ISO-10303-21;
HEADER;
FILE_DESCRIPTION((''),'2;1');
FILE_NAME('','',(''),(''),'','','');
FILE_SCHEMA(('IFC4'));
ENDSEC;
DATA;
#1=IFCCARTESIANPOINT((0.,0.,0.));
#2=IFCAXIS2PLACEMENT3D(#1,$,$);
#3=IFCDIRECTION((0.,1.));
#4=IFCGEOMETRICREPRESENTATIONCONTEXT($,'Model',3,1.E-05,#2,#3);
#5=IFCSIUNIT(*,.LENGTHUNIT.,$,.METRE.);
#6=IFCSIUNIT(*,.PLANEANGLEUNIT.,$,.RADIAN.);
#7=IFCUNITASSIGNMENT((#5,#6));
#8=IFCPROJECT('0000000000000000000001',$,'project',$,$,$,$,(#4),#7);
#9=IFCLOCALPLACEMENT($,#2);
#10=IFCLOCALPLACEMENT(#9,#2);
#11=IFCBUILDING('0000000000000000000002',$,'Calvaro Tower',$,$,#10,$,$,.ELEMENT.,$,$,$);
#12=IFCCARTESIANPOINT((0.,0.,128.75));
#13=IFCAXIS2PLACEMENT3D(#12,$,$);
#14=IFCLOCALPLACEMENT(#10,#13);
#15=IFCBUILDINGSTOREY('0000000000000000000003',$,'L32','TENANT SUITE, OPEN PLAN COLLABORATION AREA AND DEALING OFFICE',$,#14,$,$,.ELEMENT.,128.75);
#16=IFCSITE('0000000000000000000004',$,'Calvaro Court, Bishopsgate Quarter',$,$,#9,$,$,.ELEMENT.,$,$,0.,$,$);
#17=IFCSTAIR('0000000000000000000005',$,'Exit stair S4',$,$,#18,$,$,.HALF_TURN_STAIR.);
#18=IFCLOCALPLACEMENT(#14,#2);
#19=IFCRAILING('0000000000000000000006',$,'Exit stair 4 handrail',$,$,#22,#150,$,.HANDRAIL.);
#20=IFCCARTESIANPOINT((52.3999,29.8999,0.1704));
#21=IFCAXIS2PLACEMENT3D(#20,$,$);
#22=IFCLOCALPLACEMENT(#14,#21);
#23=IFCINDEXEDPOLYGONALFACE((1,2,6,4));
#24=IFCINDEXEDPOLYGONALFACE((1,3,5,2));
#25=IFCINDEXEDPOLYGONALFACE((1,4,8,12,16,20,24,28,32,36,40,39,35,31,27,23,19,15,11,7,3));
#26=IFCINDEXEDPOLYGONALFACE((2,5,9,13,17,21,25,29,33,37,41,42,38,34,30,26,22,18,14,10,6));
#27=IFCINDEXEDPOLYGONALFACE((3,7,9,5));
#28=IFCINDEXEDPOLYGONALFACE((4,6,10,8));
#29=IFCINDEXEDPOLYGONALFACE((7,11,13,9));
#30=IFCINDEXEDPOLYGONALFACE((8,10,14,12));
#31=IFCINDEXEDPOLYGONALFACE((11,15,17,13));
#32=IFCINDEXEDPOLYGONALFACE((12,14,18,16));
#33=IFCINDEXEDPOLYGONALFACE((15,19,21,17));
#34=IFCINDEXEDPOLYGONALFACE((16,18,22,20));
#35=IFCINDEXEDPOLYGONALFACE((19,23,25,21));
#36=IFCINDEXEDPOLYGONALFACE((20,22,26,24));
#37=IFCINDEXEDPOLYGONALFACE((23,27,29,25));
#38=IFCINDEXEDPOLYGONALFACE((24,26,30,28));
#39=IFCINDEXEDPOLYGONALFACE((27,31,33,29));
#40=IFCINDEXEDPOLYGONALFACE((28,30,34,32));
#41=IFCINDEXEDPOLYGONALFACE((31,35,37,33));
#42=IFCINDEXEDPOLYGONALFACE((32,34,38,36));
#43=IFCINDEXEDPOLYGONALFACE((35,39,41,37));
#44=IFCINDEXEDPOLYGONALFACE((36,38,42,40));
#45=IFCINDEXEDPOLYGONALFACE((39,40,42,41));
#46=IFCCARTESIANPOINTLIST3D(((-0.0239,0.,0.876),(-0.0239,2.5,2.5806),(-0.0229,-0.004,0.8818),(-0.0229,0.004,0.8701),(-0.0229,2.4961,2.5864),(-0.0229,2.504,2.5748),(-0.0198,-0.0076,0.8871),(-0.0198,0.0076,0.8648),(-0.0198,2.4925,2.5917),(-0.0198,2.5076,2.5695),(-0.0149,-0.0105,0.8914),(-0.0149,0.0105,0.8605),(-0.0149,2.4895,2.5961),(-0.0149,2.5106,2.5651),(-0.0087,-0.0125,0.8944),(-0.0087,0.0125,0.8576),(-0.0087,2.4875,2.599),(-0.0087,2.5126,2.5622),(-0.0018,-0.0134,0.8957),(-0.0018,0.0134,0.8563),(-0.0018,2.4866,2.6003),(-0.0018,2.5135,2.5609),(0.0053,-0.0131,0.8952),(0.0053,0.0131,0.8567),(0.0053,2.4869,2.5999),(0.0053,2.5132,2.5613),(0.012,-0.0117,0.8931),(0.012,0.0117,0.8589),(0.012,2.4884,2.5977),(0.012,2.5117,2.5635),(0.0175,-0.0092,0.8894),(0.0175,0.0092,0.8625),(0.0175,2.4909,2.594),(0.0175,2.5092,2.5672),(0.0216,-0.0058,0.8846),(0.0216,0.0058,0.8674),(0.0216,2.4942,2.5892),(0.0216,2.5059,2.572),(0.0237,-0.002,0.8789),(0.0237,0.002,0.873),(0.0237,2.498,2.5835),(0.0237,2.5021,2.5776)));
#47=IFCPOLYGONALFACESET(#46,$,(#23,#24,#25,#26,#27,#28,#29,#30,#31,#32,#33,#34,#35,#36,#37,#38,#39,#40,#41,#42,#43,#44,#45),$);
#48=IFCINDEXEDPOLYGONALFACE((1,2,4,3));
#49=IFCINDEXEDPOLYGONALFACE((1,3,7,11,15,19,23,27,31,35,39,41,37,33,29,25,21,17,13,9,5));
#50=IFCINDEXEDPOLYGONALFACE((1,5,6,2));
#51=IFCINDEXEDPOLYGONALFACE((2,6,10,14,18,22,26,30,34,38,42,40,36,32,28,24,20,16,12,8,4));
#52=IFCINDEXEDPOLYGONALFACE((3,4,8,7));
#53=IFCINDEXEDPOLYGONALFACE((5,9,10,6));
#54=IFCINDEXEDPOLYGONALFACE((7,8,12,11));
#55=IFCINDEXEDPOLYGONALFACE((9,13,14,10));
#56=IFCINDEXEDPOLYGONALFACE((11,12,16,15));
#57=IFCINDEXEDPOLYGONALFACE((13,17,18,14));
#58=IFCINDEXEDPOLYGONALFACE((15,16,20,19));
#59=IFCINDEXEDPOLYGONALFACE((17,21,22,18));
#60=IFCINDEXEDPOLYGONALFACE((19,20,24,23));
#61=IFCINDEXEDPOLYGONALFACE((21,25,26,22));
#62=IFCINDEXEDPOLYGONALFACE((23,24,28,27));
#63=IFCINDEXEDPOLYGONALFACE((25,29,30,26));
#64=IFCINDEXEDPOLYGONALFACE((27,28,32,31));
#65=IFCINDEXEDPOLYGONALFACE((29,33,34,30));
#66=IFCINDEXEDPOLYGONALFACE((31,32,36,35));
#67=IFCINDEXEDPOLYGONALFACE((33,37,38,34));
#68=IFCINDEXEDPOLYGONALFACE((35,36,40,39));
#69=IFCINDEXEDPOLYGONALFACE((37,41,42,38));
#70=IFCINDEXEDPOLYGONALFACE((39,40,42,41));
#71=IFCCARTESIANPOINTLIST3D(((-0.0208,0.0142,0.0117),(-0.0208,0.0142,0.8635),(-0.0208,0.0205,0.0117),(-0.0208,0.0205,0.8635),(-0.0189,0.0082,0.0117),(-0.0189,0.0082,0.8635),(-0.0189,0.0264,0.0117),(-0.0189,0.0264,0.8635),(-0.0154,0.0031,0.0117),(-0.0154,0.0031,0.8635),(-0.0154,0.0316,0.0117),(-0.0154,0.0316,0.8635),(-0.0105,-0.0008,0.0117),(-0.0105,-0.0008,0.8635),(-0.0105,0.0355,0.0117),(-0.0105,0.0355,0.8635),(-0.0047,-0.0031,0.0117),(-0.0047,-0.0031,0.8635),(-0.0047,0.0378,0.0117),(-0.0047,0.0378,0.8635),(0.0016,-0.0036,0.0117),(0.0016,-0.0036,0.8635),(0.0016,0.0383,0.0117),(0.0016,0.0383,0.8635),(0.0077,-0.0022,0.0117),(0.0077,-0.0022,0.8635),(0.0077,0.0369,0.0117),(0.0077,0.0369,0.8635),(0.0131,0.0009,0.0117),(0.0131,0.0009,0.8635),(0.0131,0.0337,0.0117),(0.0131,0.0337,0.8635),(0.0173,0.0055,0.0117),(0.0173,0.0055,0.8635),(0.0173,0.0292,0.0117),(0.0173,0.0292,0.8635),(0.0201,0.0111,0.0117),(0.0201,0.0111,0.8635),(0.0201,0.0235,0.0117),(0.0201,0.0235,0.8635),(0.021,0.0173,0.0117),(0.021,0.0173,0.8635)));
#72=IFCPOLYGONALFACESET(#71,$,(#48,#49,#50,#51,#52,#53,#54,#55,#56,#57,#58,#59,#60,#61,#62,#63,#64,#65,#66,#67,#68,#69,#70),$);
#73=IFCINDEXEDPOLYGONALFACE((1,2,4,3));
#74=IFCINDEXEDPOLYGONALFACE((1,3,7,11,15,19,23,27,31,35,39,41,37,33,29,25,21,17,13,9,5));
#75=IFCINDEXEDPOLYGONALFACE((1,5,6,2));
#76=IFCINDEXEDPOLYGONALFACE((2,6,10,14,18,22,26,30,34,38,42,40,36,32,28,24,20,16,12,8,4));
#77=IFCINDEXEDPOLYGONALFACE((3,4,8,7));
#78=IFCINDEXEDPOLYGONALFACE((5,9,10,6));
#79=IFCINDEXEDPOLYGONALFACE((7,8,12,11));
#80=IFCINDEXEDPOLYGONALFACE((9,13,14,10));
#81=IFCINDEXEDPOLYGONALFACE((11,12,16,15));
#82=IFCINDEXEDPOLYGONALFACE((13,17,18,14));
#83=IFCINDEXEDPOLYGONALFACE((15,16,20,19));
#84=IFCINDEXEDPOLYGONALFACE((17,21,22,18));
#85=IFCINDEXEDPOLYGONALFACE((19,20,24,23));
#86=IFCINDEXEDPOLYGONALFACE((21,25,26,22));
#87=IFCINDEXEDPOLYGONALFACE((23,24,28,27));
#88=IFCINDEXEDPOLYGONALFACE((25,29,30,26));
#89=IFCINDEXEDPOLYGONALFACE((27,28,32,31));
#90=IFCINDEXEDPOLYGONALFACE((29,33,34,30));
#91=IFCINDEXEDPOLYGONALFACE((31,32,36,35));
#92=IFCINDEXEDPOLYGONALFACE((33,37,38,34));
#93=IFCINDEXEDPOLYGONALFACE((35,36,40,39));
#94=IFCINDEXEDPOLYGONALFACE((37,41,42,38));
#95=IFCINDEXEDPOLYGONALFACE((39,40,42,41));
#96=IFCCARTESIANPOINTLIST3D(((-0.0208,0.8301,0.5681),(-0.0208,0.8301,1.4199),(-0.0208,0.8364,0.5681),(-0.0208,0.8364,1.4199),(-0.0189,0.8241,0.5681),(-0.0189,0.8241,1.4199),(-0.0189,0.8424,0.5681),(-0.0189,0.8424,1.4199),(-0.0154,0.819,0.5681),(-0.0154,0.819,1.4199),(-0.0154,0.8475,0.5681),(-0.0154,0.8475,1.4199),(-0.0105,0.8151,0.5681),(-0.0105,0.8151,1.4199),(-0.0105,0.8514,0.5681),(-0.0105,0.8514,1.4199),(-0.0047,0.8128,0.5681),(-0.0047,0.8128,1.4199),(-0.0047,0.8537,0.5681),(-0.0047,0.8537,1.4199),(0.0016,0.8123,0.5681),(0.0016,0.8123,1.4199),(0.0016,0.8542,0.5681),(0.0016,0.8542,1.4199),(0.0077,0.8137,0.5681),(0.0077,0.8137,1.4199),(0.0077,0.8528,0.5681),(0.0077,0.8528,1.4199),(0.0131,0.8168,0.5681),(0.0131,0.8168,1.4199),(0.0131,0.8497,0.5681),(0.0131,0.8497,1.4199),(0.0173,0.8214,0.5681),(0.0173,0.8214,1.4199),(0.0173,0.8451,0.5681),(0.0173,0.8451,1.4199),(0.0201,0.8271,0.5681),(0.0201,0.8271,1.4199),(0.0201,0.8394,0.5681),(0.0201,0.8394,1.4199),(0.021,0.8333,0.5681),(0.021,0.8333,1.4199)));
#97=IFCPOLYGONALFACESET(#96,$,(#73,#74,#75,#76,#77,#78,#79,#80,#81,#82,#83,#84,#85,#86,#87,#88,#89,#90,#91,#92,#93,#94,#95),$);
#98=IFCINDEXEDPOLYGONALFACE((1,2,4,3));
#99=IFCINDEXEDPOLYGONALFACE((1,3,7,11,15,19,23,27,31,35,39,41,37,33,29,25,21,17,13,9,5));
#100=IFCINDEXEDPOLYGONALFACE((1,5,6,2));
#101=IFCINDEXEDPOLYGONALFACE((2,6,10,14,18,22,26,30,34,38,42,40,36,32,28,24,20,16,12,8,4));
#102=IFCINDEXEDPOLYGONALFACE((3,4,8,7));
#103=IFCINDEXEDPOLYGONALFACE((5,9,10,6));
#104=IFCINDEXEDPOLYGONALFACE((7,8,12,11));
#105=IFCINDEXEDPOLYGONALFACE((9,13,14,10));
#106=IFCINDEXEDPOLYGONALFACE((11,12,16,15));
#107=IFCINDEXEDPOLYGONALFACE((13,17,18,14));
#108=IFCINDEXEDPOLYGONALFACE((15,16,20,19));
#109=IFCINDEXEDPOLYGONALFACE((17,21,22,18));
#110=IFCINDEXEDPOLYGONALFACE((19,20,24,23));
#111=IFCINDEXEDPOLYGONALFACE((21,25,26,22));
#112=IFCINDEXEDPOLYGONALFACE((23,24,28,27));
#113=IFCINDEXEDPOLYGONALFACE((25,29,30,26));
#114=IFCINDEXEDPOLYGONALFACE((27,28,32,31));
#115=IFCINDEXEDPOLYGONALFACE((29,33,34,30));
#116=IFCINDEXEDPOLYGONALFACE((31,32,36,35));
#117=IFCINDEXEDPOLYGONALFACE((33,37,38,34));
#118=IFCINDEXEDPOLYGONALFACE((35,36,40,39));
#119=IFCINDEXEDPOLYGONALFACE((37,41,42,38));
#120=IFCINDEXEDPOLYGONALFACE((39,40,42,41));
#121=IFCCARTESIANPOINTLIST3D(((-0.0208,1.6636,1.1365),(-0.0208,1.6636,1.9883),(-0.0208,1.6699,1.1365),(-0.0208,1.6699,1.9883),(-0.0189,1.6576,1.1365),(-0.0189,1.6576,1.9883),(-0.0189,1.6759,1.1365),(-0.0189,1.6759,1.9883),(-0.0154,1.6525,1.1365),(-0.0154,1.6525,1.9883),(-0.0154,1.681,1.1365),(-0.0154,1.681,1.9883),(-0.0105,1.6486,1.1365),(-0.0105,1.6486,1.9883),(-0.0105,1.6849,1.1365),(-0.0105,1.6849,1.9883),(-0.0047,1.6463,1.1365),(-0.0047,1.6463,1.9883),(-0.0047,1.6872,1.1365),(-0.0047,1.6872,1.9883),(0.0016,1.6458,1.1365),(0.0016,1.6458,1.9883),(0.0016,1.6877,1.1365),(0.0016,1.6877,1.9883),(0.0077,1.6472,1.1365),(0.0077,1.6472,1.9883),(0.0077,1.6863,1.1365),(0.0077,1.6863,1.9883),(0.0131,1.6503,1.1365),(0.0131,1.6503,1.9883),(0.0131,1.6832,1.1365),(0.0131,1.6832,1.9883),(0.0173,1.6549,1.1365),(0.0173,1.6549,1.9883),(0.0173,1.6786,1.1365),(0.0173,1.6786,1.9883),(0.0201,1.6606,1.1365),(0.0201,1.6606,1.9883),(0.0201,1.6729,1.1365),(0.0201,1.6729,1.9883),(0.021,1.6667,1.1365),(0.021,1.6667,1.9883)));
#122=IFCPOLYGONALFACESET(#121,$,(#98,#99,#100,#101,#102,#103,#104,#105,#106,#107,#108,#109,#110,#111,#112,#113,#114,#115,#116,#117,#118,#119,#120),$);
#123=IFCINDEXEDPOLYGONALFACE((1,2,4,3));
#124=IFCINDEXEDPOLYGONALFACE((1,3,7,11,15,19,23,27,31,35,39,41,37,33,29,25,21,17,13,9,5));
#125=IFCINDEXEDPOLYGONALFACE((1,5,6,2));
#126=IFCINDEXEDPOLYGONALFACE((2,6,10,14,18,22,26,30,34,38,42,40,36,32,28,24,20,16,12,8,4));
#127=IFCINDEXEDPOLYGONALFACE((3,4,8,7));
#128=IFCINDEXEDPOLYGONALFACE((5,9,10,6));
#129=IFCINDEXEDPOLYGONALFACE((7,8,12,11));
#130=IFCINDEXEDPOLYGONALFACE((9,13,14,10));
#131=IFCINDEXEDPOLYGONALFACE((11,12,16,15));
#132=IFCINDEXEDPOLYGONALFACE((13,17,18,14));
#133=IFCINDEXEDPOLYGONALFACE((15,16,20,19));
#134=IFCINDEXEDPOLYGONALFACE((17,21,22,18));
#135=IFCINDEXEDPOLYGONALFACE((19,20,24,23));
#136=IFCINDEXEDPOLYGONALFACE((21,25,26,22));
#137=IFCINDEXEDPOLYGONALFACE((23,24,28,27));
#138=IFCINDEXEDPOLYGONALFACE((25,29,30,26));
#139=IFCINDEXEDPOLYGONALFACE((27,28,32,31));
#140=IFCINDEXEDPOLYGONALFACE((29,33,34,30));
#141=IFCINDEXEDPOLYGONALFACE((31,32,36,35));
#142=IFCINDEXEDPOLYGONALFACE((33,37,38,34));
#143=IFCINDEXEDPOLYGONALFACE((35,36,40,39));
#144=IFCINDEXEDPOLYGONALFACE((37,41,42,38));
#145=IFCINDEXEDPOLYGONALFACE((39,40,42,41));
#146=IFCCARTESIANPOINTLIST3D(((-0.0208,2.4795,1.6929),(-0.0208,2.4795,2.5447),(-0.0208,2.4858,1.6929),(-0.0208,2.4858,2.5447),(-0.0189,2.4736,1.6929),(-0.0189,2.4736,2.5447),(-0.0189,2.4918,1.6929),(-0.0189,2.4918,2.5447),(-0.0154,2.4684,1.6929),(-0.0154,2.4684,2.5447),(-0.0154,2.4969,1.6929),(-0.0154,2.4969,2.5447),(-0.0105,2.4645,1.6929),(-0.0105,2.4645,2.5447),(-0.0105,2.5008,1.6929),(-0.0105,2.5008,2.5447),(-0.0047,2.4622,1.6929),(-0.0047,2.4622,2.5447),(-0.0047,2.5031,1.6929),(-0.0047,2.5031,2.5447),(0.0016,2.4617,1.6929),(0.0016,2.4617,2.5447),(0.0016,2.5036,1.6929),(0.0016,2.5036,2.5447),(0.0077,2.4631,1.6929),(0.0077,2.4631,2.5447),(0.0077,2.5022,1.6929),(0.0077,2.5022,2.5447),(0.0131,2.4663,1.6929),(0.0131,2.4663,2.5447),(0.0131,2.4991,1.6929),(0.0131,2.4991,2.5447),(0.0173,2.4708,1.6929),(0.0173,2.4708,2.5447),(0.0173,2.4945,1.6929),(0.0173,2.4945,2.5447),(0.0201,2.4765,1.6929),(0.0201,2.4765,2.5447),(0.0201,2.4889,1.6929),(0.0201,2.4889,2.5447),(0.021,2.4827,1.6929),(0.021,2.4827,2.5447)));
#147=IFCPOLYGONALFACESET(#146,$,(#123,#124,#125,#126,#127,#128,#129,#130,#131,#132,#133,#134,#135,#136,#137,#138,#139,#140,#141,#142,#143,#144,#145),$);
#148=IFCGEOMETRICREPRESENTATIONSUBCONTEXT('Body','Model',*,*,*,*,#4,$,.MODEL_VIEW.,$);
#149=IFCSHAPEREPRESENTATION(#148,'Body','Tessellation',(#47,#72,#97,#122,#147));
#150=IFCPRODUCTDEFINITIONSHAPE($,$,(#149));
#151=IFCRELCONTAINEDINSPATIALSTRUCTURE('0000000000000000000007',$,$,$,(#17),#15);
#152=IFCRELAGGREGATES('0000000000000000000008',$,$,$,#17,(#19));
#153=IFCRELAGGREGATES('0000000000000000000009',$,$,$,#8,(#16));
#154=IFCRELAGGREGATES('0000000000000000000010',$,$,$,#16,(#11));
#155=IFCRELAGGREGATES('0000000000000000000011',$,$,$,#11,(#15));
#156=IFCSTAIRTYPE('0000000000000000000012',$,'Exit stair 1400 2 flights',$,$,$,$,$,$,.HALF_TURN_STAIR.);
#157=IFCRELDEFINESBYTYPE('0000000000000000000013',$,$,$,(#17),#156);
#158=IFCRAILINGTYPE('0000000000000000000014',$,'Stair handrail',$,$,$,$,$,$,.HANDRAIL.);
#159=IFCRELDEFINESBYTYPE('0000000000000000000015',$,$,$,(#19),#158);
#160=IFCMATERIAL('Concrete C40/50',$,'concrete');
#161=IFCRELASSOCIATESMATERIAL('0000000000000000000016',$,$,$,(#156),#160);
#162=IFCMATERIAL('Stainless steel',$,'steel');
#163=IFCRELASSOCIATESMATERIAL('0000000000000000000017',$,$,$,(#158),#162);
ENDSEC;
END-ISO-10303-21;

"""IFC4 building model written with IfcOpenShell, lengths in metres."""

from ifc_helpers import new_model, si_unit, direction, frame, origin, origin_2d, place, context, subcontext, project, spatial, circle, extrude, material, type_object, element, aggregate, save


model = new_model("IFC4")

# Units and contexts
model_context = context("Model", 3, precision=1e-05, world=origin(), true_north=direction((0.0, 1.0)))
body_context = subcontext(model_context, "Body", "Model", "MODEL_VIEW")
ifc_project = project(units=[si_unit("LENGTHUNIT", "METRE"), si_unit("PLANEANGLEUNIT", "RADIAN")], contexts=[model_context])

# Site, building, storey
site_placement = place(None, origin())
site = spatial("IfcSite", under=ifc_project, at=site_placement, Name="Calvaro Court, Bishopsgate Quarter", CompositionType="ELEMENT", RefElevation=0.0)
building_placement = place(site_placement, origin())
building = spatial("IfcBuilding", under=site, at=building_placement, Name="Calvaro Tower", CompositionType="ELEMENT")
storey_placement = place(building_placement, frame((0.0, 0.0, 128.75)))
storey = spatial("IfcBuildingStorey", under=building, at=storey_placement, Name="L32", Description="TENANT SUITE, OPEN PLAN COLLABORATION AREA AND DEALING OFFICE", CompositionType="ELEMENT", Elevation=128.75)

# Stair
ifc_material_1 = material(Name="Concrete C40/50", Category="concrete")
stair_type = type_object("IfcStairType", Name="Exit stair 1400 2 flights", PredefinedType="HALF_TURN_STAIR", material=ifc_material_1)
stair_1_placement = place(storey_placement, origin())
stair_1 = element("IfcStair", 1, at=stair_1_placement, inside=storey, type_object=stair_type, Name="Exit stair S4", PredefinedType="HALF_TURN_STAIR")

# Railing
ifc_material_2 = material(Name="Stainless steel", Category="steel")
railing_type = type_object("IfcRailingType", Name="Stair handrail", PredefinedType="HANDRAIL", material=ifc_material_2)
railing_1_placement = place(storey_placement, frame((52.3999, 29.8999, 0.1704)))
railing_1 = element("IfcRailing", 2, at=railing_1_placement, type_object=railing_type, Name="Exit stair 4 handrail", PredefinedType="HANDRAIL", context=body_context, shape_type="SweptSolid", body=[
    extrude(circle(Radius=0.0239, at=origin_2d()), frame((0.0, 0.0, 0.876), z_axis=(0.0, 0.826221, 0.563347), x_axis=(-1.0, 0.0, 0.0)), (0.0, 0.0, 1.0), 3.0259),
    extrude(circle(Radius=0.021, at=origin_2d()), frame((0.0, 0.0173, 0.0117)), (0.0, 0.0, 1.0), 0.8518),
    extrude(circle(Radius=0.021, at=origin_2d()), frame((0.0, 0.8333, 0.5681)), (0.0, 0.0, 1.0), 0.8518),
    extrude(circle(Radius=0.021, at=origin_2d()), frame((0.0, 1.6667, 1.1365)), (0.0, 0.0, 1.0), 0.8518),
    extrude(circle(Radius=0.021, at=origin_2d()), frame((0.0, 2.4827, 1.6929)), (0.0, 0.0, 1.0), 0.8518),
])
aggregate(stair_1, [railing_1])

save(model, "model.ifc")
